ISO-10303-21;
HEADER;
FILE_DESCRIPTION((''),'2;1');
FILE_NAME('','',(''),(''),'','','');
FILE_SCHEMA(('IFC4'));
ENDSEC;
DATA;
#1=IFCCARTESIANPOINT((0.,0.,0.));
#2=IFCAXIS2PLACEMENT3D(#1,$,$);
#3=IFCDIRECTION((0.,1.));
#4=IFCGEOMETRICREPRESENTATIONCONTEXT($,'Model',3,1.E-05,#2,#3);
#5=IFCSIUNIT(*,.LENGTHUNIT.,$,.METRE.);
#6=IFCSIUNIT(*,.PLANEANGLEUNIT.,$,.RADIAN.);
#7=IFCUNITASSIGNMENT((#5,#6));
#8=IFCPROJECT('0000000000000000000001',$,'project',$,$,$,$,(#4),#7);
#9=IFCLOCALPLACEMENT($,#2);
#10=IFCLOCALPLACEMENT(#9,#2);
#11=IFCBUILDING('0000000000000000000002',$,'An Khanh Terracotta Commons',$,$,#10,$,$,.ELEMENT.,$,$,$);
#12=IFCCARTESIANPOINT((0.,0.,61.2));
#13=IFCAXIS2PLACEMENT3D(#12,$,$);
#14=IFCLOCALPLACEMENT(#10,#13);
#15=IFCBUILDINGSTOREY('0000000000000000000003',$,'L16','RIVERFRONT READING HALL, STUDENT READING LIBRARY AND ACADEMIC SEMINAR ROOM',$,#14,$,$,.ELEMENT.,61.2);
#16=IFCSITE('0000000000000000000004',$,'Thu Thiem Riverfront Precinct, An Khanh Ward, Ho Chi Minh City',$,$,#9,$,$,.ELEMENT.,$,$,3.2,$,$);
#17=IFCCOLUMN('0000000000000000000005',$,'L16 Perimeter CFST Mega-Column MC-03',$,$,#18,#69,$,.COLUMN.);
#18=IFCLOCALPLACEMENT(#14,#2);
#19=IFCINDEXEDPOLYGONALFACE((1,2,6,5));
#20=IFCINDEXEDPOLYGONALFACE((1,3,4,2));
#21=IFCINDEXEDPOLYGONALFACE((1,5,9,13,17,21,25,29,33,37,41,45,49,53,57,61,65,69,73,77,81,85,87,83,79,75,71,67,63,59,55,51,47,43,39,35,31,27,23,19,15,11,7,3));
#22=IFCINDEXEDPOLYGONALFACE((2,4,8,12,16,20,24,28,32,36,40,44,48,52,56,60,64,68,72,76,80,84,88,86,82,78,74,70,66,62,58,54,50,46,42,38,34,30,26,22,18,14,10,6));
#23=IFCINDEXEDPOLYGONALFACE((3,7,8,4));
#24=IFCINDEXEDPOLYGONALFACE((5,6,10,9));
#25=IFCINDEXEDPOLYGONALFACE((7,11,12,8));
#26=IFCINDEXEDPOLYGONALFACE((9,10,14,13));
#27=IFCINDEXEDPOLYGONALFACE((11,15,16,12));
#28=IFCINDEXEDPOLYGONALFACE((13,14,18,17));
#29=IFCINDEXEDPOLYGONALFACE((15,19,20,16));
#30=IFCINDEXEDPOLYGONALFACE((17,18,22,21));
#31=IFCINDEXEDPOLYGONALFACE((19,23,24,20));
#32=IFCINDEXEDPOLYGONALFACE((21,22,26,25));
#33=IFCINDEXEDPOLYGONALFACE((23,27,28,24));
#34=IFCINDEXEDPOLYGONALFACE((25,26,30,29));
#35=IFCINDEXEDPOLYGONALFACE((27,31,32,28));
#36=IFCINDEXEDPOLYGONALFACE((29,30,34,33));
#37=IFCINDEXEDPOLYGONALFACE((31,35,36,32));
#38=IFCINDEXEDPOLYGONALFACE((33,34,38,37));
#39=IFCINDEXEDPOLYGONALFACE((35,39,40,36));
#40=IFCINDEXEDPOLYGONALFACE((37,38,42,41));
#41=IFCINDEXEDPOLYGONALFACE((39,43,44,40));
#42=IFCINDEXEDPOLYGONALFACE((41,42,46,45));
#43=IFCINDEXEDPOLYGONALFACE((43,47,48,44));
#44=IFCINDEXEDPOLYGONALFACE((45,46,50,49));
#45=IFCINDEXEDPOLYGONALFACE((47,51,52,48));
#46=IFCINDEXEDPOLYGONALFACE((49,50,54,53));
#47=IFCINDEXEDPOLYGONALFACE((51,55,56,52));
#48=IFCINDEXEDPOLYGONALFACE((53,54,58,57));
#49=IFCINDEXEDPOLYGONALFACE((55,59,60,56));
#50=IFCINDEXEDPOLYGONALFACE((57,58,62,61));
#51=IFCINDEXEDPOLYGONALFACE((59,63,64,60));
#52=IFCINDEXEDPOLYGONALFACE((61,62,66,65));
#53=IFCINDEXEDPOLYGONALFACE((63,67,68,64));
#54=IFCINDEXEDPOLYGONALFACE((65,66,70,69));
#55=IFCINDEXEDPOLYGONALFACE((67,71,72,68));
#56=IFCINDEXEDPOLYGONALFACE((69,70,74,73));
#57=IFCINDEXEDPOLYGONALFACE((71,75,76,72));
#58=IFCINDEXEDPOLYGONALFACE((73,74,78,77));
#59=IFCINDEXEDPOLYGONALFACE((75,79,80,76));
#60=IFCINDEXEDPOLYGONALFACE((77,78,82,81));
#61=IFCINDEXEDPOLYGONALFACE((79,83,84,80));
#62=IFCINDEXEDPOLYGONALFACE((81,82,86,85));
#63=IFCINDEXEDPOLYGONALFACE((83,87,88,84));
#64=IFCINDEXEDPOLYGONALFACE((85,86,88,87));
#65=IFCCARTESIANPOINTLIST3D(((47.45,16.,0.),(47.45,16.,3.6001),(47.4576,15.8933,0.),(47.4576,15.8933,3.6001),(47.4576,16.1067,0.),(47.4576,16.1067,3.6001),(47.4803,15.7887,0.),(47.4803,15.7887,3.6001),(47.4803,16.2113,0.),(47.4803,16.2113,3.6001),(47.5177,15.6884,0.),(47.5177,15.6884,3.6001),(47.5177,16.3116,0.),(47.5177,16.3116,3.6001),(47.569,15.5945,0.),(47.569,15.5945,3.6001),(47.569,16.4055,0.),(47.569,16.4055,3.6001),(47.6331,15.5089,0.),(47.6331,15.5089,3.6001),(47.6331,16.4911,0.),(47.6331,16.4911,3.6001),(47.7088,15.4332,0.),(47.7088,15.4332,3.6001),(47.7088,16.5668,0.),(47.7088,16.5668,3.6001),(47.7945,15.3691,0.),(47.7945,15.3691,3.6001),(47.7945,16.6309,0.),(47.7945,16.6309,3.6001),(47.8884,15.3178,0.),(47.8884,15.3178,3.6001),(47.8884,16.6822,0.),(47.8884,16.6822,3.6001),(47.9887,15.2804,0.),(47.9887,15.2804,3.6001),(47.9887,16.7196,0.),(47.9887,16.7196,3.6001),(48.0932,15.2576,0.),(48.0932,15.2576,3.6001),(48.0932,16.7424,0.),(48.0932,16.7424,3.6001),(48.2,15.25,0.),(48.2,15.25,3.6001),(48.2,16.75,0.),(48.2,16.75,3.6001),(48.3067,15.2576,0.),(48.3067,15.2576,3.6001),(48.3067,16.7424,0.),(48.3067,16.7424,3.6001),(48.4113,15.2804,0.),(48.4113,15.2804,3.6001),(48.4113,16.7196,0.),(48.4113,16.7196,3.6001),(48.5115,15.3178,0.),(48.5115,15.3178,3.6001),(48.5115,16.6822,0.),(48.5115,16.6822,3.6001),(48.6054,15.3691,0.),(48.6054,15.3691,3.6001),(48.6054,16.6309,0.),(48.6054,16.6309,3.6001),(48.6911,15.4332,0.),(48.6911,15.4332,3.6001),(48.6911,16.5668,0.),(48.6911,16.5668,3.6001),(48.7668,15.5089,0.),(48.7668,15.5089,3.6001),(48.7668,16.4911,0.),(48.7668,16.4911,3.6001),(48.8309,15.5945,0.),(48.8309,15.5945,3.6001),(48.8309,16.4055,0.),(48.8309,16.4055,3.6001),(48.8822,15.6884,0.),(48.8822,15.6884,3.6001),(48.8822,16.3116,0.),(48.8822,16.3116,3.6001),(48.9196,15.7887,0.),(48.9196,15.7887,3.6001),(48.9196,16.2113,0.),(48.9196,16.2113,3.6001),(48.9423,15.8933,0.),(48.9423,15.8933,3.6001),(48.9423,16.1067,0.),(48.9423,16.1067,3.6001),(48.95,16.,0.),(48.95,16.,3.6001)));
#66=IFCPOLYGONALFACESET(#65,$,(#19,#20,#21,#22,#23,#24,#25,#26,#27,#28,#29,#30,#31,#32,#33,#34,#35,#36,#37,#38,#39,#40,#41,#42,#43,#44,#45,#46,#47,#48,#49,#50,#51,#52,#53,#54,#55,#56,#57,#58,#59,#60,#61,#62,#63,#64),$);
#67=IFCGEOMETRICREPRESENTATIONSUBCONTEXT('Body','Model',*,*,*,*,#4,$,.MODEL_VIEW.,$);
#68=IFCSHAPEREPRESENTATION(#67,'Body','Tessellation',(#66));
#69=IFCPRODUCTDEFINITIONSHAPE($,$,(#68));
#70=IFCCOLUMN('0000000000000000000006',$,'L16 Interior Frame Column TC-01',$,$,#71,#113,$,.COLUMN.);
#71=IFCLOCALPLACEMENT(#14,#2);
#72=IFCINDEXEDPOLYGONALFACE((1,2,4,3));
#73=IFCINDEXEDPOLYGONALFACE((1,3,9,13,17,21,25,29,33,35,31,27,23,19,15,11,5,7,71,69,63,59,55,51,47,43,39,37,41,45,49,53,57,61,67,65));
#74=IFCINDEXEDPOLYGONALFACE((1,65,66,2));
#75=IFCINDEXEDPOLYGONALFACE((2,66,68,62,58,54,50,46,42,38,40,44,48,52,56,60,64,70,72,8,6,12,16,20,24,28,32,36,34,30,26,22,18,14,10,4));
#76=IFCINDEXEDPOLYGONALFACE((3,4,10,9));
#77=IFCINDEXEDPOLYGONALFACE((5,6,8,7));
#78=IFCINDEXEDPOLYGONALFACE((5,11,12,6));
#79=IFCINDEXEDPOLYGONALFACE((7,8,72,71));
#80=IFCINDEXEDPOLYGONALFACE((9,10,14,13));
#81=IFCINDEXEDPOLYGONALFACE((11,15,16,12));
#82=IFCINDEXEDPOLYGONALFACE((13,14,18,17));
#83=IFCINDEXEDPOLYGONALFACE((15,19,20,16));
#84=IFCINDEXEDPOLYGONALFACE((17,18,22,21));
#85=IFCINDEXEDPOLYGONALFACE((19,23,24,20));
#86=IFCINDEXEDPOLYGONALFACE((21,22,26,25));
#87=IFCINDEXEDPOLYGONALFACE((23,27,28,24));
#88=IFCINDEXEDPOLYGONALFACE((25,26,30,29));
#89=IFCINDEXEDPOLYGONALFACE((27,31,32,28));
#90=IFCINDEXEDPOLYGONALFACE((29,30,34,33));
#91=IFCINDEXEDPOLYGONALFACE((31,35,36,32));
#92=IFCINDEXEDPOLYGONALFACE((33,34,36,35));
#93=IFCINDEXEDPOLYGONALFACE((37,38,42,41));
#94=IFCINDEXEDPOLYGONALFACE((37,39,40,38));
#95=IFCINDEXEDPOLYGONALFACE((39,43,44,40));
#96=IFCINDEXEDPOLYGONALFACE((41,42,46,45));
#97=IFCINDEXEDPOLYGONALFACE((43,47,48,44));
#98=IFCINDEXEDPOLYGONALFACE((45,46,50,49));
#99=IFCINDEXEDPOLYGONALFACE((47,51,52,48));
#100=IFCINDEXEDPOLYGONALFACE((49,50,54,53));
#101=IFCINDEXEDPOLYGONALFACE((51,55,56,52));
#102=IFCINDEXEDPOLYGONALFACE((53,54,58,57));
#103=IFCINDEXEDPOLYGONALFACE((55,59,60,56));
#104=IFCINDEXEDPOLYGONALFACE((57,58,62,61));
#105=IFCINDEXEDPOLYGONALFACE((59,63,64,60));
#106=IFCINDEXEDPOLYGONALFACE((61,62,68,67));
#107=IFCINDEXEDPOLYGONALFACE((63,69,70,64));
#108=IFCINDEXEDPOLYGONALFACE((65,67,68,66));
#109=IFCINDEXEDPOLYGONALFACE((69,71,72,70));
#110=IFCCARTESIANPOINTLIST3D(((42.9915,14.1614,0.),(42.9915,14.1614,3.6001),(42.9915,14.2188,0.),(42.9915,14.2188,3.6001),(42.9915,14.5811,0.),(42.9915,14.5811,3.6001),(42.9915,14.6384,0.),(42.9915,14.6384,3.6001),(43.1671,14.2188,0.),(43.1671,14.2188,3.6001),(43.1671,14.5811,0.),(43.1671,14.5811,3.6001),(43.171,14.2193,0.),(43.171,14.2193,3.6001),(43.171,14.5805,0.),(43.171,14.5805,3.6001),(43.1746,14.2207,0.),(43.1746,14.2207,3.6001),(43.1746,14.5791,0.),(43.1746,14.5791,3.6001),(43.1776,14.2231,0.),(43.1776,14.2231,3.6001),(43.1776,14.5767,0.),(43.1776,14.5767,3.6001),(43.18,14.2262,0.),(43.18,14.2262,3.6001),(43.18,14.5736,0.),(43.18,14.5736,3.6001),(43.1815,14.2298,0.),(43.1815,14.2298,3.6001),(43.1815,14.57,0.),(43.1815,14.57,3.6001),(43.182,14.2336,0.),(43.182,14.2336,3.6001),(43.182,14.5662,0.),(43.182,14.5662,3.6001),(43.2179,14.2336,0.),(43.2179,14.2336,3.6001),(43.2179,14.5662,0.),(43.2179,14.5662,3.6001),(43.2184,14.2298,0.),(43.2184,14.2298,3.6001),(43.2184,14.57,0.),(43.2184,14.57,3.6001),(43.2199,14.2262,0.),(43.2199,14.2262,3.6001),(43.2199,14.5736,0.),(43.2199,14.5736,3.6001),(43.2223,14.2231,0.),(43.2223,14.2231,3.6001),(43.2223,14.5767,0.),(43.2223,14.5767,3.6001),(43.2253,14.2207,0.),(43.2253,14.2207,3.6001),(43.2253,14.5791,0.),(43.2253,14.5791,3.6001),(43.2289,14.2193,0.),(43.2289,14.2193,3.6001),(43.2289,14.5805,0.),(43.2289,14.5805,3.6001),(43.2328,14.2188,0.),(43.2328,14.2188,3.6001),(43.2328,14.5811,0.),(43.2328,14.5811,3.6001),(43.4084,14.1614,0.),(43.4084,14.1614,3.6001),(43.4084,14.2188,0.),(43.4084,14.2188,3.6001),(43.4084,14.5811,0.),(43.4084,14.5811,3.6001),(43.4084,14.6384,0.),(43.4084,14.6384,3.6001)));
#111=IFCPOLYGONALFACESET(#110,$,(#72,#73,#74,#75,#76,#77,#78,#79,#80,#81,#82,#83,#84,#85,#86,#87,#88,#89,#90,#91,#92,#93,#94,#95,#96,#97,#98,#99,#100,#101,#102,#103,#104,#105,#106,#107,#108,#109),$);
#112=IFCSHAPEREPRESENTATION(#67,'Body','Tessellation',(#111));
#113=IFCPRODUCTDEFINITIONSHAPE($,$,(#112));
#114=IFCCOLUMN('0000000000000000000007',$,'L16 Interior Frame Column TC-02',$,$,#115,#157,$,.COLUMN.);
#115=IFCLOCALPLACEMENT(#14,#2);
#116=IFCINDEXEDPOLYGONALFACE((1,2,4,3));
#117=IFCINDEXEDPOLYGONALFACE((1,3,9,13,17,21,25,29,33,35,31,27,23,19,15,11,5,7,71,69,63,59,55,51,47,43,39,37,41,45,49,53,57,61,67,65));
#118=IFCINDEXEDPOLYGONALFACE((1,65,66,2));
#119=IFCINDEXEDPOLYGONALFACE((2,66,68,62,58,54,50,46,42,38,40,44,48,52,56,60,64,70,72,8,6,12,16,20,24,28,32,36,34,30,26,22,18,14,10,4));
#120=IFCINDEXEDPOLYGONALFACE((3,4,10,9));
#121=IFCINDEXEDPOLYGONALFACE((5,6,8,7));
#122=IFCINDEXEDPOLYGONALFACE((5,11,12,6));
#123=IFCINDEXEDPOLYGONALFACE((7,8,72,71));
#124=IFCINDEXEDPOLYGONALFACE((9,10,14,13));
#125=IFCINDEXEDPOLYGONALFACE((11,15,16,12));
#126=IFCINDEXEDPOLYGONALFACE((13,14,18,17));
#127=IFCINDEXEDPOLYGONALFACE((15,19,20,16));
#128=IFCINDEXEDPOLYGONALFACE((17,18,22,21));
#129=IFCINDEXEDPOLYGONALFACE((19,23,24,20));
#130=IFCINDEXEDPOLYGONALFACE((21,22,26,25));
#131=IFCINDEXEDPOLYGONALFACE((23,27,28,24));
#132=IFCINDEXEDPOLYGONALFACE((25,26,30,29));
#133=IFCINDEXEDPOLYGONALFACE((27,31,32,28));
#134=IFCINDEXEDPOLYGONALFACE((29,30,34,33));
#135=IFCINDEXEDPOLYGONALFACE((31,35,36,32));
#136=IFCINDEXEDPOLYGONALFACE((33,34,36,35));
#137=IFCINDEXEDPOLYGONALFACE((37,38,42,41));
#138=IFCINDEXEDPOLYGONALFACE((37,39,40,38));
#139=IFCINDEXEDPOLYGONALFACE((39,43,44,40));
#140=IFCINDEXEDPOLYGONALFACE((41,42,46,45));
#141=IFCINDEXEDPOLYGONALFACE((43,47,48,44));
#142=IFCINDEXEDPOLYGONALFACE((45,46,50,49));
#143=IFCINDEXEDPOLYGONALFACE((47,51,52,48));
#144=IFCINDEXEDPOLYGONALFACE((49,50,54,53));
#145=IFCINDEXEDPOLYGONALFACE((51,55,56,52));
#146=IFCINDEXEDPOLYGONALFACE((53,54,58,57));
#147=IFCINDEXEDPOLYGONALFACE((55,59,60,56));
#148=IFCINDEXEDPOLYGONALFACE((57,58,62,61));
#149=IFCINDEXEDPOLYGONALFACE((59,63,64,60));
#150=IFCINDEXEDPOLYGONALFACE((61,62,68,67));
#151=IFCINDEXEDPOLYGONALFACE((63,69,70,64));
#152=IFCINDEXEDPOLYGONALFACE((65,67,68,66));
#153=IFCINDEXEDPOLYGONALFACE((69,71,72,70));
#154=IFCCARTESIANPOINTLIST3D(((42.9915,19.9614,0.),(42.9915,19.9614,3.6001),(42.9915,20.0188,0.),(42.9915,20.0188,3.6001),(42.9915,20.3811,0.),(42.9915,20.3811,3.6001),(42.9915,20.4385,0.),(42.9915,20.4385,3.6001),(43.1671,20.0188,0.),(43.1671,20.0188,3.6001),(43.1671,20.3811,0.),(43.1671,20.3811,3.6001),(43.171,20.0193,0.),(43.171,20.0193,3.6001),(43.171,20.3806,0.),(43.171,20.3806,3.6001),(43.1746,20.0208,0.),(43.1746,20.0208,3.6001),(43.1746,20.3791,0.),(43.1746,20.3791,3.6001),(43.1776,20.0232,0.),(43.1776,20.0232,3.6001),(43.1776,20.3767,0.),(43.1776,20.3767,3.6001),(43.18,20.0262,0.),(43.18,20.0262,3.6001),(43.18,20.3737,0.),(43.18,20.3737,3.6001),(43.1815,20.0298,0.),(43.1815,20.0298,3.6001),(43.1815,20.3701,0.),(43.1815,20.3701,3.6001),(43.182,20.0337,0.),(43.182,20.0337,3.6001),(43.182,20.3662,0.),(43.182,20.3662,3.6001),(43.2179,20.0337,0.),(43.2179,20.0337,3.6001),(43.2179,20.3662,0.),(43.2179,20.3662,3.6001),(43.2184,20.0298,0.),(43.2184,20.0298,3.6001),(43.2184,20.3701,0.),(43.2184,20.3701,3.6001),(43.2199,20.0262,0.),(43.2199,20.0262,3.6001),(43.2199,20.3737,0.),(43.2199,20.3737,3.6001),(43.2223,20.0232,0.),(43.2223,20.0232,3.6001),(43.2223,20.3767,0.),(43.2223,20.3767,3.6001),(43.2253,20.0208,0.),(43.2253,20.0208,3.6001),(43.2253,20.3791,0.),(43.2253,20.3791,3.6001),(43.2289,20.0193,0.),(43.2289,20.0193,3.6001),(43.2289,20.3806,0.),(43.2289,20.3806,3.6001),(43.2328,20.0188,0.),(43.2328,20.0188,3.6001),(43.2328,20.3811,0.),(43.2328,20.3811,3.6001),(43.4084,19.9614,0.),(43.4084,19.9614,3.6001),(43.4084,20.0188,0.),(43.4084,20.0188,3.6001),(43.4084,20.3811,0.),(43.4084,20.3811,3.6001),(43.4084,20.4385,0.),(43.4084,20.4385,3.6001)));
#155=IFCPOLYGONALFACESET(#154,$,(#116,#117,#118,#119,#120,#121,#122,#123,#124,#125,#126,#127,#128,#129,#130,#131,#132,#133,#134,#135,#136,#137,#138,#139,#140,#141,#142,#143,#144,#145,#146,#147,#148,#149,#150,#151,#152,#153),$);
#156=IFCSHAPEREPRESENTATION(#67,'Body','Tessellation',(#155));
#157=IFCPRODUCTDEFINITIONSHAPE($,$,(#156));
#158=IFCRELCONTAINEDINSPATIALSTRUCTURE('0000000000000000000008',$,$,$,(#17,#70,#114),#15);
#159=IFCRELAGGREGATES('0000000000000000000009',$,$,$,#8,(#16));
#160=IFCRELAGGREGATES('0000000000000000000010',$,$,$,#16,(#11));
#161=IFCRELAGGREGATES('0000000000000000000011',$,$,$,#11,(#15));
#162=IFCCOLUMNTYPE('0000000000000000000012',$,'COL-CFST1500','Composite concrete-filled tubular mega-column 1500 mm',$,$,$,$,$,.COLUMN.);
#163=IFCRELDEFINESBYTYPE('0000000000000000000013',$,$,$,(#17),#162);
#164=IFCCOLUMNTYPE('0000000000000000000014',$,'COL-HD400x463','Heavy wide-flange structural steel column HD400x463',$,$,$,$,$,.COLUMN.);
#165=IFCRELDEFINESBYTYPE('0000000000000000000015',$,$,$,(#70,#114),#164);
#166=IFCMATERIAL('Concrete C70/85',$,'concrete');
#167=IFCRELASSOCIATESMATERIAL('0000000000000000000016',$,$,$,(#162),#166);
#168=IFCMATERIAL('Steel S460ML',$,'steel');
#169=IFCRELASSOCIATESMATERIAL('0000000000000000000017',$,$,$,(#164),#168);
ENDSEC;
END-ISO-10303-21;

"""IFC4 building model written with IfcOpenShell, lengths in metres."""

from ifc_helpers import new_model, si_unit, direction, frame, origin, origin_2d, place, context, subcontext, project, spatial, circle, i_section, extrude, material, material_profile, profile_set, type_object, element, save


model = new_model("IFC4")

# Units and contexts
model_context = context("Model", 3, precision=1e-05, world=origin(), true_north=direction((0.0, 1.0)))
body_context = subcontext(model_context, "Body", "Model", "MODEL_VIEW")
ifc_project = project(units=[si_unit("LENGTHUNIT", "METRE"), si_unit("PLANEANGLEUNIT", "RADIAN")], contexts=[model_context])

# Site, building, storey
site_placement = place(None, origin())
site = spatial("IfcSite", under=ifc_project, at=site_placement, Name="Thu Thiem Riverfront Precinct, An Khanh Ward, Ho Chi Minh City", CompositionType="ELEMENT", RefElevation=3.2)
building_placement = place(site_placement, origin())
building = spatial("IfcBuilding", under=site, at=building_placement, Name="An Khanh Terracotta Commons", CompositionType="ELEMENT")
storey_placement = place(building_placement, frame((0.0, 0.0, 61.2)))
storey = spatial("IfcBuildingStorey", under=building, at=storey_placement, Name="L16", Description="RIVERFRONT READING HALL, STUDENT READING LIBRARY AND ACADEMIC SEMINAR ROOM", CompositionType="ELEMENT", Elevation=61.2)

# Columns
ifc_material_1 = material(Name="Concrete C70/85", Category="concrete")
ifc_material_profile_1 = material_profile(ifc_material_1, circle(Radius=0.75, at=origin_2d()), Name="CFST1500")
ifc_profile_set_1 = profile_set([ifc_material_profile_1], Name="Concrete C70/85")
column_type_1 = type_object("IfcColumnType", Name="COL-CFST1500", Description="Composite concrete-filled tubular mega-column 1500 mm", PredefinedType="COLUMN", material=ifc_profile_set_1)
column_placement = place(storey_placement, frame((48.2, 16.0, 0.0), z_axis=(0.0, 0.0, 1.0), x_axis=(1.0, 0.0, 0.0)))
element("IfcColumn", 1, at=column_placement, inside=storey, type_object=column_type_1, Name="L16 Perimeter CFST Mega-Column MC-03", PredefinedType="COLUMN", context=body_context, shape_type="SweptSolid", body=[
    extrude(circle(Radius=0.75, at=origin_2d()), origin(), (0.0, 0.0, 1.0), 3.6001),
])
ifc_material_2 = material(Name="Steel S460ML", Category="steel")
ifc_material_profile_2 = material_profile(ifc_material_2, i_section(OverallWidth=0.417, OverallDepth=0.4771, WebThickness=0.0359, FlangeThickness=0.0574, FilletRadius=0.0149, at=origin_2d()), Name="HD400x463")
ifc_profile_set_2 = profile_set([ifc_material_profile_2], Name="Steel S460ML")
column_type_2 = type_object("IfcColumnType", Name="COL-HD400x463", Description="Heavy wide-flange structural steel column HD400x463", PredefinedType="COLUMN", material=ifc_profile_set_2)
for number, where, z_axis, x_axis, name in (
    (2, (43.2, 14.3999, 0.0), (0.0, 0.0, 1.0), (1.0, 0.0, 0.0), "L16 Interior Frame Column TC-01"),
    (3, (43.2, 20.2, 0.0), (0.0, 0.0, 1.0), (1.0, 0.0, 0.0), "L16 Interior Frame Column TC-02"),
):
    element("IfcColumn", number, at=place(storey_placement, frame(where, z_axis=z_axis, x_axis=x_axis)), inside=storey, type_object=column_type_2, Name=name, PredefinedType="COLUMN", context=body_context, shape_type="SweptSolid", body=[
        extrude(i_section(OverallWidth=0.417, OverallDepth=0.4771, WebThickness=0.0359, FlangeThickness=0.0574, FilletRadius=0.0149, at=origin_2d()), origin(), (0.0, 0.0, 1.0), 3.6001),
    ])

save(model, "model.ifc")
